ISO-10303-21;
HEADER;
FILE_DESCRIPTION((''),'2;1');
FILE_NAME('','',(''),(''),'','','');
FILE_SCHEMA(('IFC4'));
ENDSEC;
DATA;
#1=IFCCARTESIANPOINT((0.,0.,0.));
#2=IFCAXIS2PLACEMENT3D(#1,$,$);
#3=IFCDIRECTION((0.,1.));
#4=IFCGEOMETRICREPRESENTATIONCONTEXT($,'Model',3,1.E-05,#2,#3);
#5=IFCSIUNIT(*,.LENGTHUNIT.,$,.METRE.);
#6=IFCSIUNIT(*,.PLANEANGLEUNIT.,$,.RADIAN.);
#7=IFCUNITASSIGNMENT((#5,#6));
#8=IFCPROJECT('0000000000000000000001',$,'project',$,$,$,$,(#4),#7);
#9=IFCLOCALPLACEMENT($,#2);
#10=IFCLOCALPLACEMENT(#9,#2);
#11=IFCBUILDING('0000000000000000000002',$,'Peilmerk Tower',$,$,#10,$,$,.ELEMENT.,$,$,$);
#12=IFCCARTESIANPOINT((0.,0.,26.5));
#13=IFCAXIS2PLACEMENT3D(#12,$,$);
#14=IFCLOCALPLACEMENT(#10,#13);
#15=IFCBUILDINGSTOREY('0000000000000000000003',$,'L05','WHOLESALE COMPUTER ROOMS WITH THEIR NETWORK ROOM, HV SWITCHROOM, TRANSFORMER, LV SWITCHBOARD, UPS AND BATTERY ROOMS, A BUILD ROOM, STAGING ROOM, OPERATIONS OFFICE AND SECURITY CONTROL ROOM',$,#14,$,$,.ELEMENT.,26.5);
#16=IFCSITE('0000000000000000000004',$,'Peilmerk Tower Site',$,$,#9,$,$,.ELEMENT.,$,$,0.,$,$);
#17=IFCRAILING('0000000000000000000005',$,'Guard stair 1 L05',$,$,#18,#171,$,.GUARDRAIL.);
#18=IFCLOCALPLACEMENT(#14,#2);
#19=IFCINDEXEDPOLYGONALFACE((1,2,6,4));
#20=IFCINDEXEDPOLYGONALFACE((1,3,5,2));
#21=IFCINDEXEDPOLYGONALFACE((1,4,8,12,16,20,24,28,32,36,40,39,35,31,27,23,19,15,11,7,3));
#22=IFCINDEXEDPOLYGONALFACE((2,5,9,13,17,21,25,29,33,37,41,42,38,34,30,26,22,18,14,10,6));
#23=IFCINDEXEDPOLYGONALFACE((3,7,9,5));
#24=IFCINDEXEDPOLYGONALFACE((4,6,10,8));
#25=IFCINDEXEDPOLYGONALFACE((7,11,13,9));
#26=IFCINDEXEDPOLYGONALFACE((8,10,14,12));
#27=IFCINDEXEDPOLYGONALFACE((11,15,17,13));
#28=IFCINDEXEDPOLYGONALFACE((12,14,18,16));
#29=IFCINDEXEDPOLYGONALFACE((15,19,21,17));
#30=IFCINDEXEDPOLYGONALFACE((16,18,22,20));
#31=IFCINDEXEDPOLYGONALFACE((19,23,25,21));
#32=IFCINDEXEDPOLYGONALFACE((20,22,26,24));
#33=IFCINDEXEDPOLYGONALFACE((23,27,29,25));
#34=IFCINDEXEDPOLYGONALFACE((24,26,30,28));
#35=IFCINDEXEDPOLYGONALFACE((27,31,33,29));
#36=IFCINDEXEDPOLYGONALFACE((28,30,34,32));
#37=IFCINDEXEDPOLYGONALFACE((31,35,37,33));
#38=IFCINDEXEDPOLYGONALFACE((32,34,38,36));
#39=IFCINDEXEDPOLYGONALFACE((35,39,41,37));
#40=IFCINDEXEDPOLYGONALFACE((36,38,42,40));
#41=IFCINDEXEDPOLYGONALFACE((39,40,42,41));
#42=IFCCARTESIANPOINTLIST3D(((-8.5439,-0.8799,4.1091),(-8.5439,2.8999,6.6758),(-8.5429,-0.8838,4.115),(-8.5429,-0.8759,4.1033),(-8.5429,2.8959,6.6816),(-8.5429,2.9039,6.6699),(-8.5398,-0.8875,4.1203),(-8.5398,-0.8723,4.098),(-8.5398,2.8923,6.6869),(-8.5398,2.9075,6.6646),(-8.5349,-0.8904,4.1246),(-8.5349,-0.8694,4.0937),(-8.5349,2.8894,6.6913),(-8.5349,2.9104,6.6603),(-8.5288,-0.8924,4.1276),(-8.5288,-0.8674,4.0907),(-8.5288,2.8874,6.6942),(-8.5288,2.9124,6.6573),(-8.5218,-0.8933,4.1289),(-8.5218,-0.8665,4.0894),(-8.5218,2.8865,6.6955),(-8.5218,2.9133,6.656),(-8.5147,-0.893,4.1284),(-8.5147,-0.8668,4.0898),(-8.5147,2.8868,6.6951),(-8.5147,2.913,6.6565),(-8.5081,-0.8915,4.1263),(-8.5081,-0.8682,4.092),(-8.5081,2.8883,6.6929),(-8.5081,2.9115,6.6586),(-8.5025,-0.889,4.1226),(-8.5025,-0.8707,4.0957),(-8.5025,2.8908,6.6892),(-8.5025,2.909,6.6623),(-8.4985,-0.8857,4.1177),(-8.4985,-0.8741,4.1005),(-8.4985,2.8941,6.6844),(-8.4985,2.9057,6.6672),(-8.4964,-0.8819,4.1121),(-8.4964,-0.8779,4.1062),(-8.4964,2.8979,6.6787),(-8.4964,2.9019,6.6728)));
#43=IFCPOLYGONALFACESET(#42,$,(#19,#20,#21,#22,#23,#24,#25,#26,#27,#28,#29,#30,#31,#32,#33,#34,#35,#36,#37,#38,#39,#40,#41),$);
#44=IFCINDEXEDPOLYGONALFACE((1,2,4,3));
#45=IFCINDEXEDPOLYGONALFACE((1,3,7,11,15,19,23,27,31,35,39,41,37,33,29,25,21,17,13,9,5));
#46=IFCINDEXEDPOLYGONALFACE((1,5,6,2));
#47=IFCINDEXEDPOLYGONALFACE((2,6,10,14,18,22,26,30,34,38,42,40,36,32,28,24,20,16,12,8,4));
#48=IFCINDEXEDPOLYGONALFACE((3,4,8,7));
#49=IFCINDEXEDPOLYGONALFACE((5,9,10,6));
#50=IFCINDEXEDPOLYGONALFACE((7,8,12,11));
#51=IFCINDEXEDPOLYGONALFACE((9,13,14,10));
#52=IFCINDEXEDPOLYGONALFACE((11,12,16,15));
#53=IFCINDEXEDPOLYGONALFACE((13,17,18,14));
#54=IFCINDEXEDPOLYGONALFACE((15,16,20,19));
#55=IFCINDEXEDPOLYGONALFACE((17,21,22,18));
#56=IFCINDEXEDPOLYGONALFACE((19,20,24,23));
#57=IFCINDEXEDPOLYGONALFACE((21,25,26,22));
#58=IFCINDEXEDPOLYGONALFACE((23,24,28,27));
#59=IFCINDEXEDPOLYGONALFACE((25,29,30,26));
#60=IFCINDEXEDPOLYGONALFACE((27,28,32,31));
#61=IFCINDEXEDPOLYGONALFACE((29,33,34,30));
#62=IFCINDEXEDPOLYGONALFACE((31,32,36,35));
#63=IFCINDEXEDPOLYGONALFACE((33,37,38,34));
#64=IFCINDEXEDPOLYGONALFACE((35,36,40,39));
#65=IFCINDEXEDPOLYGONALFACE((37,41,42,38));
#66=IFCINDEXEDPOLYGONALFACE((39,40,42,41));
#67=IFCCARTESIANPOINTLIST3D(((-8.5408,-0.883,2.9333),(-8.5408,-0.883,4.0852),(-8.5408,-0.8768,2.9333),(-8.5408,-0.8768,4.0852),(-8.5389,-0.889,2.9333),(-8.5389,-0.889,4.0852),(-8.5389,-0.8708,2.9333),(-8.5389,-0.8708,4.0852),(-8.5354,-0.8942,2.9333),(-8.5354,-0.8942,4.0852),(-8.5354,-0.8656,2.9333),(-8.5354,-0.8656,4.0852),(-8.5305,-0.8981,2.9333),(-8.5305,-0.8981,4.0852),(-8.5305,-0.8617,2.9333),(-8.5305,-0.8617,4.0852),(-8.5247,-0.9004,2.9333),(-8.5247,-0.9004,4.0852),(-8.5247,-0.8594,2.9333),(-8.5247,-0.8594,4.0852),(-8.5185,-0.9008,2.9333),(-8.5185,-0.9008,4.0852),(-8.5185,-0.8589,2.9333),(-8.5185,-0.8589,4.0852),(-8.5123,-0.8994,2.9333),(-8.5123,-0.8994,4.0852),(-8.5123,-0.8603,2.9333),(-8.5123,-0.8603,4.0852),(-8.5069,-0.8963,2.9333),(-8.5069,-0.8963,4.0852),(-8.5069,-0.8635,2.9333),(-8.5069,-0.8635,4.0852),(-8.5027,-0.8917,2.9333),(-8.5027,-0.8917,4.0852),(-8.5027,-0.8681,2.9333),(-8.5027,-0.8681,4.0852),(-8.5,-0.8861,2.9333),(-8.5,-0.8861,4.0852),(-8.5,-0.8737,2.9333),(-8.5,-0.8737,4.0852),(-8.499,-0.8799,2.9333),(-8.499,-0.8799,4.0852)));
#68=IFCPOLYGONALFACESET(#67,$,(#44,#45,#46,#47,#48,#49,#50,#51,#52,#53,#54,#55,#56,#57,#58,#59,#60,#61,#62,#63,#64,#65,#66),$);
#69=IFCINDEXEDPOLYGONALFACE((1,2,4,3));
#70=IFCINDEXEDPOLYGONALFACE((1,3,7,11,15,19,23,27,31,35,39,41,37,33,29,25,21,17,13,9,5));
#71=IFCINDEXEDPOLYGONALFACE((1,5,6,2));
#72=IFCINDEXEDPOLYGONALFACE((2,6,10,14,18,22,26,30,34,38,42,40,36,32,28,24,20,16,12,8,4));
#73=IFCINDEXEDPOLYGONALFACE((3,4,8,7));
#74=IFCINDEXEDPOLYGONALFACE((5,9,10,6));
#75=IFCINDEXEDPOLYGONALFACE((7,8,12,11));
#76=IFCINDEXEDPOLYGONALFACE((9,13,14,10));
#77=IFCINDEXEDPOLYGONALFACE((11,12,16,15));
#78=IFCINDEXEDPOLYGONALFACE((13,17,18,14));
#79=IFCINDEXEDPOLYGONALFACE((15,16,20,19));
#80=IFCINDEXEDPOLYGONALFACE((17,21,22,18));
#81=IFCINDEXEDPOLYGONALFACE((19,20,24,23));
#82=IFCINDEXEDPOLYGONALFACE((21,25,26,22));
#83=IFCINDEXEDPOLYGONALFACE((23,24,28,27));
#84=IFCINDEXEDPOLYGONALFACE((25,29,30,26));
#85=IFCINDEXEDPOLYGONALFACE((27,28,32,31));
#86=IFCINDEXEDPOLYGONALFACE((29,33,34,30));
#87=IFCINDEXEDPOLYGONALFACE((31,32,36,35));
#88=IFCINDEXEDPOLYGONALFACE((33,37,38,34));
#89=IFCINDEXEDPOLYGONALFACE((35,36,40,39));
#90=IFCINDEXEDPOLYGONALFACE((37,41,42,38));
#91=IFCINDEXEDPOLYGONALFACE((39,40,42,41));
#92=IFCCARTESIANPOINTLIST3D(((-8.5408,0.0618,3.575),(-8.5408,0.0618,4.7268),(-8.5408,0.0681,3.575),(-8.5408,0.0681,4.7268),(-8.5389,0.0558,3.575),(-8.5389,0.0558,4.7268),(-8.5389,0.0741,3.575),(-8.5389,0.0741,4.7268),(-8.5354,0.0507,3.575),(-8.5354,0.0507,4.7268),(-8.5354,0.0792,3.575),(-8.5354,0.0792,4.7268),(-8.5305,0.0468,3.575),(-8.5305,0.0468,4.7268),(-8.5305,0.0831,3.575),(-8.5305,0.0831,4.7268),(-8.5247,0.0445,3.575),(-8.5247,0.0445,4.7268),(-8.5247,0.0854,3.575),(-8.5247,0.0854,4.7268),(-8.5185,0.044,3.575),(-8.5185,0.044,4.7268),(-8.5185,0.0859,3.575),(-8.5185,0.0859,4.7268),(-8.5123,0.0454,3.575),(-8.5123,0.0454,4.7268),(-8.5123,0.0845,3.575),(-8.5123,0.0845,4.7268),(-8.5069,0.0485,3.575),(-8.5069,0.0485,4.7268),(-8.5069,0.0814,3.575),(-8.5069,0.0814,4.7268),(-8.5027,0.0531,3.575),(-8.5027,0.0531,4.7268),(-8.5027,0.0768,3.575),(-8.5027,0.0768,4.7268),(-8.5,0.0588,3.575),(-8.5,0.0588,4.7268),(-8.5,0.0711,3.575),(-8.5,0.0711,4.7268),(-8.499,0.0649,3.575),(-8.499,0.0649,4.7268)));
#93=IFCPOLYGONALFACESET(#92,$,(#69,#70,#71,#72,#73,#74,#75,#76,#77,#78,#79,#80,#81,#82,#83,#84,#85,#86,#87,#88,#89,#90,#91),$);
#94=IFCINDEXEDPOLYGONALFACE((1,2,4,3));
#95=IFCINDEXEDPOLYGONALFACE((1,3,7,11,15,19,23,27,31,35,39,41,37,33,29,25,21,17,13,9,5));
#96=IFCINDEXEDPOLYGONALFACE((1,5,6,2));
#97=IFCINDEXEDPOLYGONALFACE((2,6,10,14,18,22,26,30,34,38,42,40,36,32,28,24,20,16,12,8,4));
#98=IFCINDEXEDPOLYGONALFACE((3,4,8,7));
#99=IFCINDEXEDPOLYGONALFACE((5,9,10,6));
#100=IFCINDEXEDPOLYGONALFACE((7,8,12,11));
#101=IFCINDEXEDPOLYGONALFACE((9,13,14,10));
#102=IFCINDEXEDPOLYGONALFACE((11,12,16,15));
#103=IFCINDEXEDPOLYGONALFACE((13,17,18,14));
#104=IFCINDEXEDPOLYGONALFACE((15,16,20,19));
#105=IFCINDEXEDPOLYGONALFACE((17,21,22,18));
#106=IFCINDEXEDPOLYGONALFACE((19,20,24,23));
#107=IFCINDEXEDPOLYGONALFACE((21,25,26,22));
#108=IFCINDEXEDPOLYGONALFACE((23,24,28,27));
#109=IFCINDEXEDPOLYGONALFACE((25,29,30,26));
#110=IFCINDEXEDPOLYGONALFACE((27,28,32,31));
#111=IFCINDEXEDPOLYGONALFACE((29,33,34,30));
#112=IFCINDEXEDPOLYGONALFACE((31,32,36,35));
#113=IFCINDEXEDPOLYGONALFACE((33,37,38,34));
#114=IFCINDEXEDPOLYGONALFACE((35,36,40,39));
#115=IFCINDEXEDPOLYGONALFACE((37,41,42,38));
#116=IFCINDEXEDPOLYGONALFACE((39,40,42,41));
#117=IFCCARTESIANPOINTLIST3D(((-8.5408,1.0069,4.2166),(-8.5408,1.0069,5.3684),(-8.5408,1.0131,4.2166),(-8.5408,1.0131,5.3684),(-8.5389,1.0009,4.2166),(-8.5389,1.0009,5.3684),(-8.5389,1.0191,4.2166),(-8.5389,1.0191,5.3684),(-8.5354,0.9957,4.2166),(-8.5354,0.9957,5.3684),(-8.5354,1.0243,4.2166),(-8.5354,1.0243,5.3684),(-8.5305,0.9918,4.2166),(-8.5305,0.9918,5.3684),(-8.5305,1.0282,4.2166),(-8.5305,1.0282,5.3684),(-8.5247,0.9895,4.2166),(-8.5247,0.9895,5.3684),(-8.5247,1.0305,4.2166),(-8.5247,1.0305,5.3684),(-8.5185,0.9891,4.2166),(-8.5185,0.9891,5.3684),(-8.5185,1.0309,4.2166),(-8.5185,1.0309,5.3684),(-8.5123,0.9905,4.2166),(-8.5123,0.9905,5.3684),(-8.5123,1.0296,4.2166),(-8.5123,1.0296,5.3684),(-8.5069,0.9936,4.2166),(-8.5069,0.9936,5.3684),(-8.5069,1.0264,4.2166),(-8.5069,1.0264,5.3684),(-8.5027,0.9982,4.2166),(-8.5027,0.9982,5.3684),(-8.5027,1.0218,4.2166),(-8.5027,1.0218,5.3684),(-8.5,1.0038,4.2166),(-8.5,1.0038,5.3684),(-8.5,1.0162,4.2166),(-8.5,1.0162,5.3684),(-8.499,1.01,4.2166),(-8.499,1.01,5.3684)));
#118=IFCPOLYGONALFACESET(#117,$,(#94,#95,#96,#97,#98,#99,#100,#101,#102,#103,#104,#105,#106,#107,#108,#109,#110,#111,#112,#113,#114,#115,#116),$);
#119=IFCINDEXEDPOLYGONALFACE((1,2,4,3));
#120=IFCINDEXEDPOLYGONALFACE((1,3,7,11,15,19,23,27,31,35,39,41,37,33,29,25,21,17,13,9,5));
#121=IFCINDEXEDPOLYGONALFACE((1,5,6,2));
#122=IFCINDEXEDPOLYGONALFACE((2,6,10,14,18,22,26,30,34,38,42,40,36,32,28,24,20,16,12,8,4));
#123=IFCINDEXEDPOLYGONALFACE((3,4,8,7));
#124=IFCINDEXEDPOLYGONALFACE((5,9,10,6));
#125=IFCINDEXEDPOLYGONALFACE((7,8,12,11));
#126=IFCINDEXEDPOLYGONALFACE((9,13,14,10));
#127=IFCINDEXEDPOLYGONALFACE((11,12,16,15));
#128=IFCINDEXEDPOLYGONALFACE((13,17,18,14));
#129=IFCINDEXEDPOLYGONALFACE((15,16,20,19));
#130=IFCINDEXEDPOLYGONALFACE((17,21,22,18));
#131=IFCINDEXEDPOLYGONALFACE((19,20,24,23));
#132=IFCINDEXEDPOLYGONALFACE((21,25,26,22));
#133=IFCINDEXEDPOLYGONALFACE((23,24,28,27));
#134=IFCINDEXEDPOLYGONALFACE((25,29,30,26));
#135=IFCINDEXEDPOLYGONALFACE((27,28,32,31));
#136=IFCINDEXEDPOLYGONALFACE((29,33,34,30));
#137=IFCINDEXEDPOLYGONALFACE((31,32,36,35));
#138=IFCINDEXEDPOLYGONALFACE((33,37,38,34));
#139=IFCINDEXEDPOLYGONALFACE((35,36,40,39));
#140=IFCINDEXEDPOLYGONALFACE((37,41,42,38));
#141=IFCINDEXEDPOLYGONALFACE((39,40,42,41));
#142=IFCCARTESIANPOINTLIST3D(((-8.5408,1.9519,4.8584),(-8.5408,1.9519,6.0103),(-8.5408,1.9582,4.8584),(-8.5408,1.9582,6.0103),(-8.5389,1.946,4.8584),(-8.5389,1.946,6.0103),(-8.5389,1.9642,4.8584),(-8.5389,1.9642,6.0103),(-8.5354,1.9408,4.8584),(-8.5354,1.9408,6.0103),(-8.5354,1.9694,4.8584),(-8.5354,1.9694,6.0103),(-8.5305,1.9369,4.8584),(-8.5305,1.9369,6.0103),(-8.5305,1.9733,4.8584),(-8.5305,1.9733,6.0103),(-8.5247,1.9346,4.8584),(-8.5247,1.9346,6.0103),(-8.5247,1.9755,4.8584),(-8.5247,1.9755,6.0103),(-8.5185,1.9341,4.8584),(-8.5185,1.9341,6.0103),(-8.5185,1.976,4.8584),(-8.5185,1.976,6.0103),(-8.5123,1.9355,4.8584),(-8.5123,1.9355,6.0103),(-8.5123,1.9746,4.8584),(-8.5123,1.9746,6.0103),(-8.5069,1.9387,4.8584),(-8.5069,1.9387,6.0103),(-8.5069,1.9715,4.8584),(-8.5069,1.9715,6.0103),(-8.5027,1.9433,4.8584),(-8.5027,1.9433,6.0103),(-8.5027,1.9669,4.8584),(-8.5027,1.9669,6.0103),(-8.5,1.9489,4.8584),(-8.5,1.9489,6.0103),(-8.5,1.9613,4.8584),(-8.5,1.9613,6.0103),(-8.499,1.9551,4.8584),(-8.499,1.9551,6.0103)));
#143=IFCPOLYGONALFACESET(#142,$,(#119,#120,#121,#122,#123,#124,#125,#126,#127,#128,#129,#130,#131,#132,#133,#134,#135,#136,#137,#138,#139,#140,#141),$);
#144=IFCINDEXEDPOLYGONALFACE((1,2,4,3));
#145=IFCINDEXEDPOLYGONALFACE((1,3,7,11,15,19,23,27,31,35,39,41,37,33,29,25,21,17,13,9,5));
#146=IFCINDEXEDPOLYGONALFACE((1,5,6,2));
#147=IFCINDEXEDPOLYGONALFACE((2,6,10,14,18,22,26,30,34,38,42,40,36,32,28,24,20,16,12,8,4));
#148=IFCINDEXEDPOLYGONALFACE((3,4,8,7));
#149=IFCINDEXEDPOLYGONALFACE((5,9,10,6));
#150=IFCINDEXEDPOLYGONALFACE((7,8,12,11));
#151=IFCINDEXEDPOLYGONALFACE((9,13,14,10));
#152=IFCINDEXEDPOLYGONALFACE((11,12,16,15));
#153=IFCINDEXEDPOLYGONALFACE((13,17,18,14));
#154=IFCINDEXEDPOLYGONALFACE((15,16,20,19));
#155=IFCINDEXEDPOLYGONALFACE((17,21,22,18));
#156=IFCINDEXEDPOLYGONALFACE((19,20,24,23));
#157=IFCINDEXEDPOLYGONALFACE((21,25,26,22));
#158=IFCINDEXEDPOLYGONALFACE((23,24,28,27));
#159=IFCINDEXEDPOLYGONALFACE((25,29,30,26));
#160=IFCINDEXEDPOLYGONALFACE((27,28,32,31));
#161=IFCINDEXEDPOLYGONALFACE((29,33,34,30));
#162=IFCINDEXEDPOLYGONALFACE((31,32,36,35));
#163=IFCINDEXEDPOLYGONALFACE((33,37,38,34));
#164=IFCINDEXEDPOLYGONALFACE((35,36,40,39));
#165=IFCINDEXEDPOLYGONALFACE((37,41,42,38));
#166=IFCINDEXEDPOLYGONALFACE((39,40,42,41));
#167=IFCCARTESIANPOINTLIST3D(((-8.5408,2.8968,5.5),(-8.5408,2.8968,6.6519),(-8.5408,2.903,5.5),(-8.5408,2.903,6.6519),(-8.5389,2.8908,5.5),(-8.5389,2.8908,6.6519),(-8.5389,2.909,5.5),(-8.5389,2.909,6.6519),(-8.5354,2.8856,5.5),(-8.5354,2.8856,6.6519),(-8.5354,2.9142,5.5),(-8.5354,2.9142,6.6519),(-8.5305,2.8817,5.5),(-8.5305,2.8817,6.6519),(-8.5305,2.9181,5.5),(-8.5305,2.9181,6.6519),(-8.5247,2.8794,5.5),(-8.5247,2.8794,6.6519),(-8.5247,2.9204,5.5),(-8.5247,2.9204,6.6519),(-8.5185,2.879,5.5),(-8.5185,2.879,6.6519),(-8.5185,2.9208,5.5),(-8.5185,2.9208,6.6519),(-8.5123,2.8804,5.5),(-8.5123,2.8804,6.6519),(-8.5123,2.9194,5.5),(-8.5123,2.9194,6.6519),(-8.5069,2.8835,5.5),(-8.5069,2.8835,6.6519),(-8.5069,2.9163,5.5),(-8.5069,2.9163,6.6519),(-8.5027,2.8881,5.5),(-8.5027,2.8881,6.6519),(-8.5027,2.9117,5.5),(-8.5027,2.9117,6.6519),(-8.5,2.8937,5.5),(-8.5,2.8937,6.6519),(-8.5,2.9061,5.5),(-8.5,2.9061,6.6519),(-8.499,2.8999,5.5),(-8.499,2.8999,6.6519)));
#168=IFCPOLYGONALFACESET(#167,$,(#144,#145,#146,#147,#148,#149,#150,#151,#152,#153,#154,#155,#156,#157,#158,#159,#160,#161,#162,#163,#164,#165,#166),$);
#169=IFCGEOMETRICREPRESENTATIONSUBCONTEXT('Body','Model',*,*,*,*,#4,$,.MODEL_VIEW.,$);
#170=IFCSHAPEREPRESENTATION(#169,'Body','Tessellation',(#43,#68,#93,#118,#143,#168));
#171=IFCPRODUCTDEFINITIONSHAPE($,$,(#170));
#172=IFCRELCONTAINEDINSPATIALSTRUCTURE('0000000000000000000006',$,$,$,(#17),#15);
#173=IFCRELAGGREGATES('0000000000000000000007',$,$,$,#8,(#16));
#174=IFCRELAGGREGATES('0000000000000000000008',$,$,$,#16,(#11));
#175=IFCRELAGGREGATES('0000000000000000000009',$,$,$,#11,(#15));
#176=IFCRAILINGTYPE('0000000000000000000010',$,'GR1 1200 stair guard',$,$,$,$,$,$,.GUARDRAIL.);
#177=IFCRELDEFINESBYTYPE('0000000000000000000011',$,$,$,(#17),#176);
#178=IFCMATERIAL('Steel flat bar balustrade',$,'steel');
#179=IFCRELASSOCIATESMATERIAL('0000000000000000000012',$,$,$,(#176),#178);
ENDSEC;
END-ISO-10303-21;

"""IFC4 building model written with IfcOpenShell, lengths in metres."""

from ifc_helpers import new_model, si_unit, direction, frame, origin, origin_2d, place, context, subcontext, project, spatial, circle, extrude, material, type_object, element, save


model = new_model("IFC4")

# Units and contexts
model_context = context("Model", 3, precision=1e-05, world=origin(), true_north=direction((0.0, 1.0)))
body_context = subcontext(model_context, "Body", "Model", "MODEL_VIEW")
ifc_project = project(units=[si_unit("LENGTHUNIT", "METRE"), si_unit("PLANEANGLEUNIT", "RADIAN")], contexts=[model_context])

# Site, building, storey
site_placement = place(None, origin())
site = spatial("IfcSite", under=ifc_project, at=site_placement, Name="Peilmerk Tower Site", CompositionType="ELEMENT", RefElevation=0.0)
building_placement = place(site_placement, origin())
building = spatial("IfcBuilding", under=site, at=building_placement, Name="Peilmerk Tower", CompositionType="ELEMENT")
storey_placement = place(building_placement, frame((0.0, 0.0, 26.5)))
storey = spatial("IfcBuildingStorey", under=building, at=storey_placement, Name="L05", Description="WHOLESALE COMPUTER ROOMS WITH THEIR NETWORK ROOM, HV SWITCHROOM, TRANSFORMER, LV SWITCHBOARD, UPS AND BATTERY ROOMS, A BUILD ROOM, STAGING ROOM, OPERATIONS OFFICE AND SECURITY CONTROL ROOM", CompositionType="ELEMENT", Elevation=26.5)

# Railing
ifc_material_1 = material(Name="Steel flat bar balustrade", Category="steel")
railing_type_1 = type_object("IfcRailingType", Name="GR1 1200 stair guard", PredefinedType="GUARDRAIL", material=ifc_material_1)
railing_1_placement = place(storey_placement, frame((-8.52, -0.8799, 2.9333)))
element("IfcRailing", 1, at=railing_1_placement, inside=storey, type_object=railing_type_1, Name="Guard stair 1 L05", PredefinedType="GUARDRAIL", context=body_context, shape_type="SweptSolid", body=[
    extrude(circle(Radius=0.0239, at=origin_2d()), frame((0.0, 0.0, 1.1758), z_axis=(0.0, 0.827293, 0.561771), x_axis=(-1.0, 0.0, 0.0)), (0.0, 0.0, 1.0), 4.5688),
    extrude(circle(Radius=0.021, at=origin_2d()), origin(), (0.0, 0.0, 1.0), 1.1519),
    extrude(circle(Radius=0.021, at=origin_2d()), frame((0.0, 0.9448, 0.6416)), (0.0, 0.0, 1.0), 1.1519),
    extrude(circle(Radius=0.021, at=origin_2d()), frame((0.0, 1.8899, 1.2832)), (0.0, 0.0, 1.0), 1.1519),
    extrude(circle(Radius=0.021, at=origin_2d()), frame((0.0, 2.835, 1.925)), (0.0, 0.0, 1.0), 1.1519),
    extrude(circle(Radius=0.021, at=origin_2d()), frame((0.0, 3.7798, 2.5667)), (0.0, 0.0, 1.0), 1.1519),
])

save(model, "model.ifc")
